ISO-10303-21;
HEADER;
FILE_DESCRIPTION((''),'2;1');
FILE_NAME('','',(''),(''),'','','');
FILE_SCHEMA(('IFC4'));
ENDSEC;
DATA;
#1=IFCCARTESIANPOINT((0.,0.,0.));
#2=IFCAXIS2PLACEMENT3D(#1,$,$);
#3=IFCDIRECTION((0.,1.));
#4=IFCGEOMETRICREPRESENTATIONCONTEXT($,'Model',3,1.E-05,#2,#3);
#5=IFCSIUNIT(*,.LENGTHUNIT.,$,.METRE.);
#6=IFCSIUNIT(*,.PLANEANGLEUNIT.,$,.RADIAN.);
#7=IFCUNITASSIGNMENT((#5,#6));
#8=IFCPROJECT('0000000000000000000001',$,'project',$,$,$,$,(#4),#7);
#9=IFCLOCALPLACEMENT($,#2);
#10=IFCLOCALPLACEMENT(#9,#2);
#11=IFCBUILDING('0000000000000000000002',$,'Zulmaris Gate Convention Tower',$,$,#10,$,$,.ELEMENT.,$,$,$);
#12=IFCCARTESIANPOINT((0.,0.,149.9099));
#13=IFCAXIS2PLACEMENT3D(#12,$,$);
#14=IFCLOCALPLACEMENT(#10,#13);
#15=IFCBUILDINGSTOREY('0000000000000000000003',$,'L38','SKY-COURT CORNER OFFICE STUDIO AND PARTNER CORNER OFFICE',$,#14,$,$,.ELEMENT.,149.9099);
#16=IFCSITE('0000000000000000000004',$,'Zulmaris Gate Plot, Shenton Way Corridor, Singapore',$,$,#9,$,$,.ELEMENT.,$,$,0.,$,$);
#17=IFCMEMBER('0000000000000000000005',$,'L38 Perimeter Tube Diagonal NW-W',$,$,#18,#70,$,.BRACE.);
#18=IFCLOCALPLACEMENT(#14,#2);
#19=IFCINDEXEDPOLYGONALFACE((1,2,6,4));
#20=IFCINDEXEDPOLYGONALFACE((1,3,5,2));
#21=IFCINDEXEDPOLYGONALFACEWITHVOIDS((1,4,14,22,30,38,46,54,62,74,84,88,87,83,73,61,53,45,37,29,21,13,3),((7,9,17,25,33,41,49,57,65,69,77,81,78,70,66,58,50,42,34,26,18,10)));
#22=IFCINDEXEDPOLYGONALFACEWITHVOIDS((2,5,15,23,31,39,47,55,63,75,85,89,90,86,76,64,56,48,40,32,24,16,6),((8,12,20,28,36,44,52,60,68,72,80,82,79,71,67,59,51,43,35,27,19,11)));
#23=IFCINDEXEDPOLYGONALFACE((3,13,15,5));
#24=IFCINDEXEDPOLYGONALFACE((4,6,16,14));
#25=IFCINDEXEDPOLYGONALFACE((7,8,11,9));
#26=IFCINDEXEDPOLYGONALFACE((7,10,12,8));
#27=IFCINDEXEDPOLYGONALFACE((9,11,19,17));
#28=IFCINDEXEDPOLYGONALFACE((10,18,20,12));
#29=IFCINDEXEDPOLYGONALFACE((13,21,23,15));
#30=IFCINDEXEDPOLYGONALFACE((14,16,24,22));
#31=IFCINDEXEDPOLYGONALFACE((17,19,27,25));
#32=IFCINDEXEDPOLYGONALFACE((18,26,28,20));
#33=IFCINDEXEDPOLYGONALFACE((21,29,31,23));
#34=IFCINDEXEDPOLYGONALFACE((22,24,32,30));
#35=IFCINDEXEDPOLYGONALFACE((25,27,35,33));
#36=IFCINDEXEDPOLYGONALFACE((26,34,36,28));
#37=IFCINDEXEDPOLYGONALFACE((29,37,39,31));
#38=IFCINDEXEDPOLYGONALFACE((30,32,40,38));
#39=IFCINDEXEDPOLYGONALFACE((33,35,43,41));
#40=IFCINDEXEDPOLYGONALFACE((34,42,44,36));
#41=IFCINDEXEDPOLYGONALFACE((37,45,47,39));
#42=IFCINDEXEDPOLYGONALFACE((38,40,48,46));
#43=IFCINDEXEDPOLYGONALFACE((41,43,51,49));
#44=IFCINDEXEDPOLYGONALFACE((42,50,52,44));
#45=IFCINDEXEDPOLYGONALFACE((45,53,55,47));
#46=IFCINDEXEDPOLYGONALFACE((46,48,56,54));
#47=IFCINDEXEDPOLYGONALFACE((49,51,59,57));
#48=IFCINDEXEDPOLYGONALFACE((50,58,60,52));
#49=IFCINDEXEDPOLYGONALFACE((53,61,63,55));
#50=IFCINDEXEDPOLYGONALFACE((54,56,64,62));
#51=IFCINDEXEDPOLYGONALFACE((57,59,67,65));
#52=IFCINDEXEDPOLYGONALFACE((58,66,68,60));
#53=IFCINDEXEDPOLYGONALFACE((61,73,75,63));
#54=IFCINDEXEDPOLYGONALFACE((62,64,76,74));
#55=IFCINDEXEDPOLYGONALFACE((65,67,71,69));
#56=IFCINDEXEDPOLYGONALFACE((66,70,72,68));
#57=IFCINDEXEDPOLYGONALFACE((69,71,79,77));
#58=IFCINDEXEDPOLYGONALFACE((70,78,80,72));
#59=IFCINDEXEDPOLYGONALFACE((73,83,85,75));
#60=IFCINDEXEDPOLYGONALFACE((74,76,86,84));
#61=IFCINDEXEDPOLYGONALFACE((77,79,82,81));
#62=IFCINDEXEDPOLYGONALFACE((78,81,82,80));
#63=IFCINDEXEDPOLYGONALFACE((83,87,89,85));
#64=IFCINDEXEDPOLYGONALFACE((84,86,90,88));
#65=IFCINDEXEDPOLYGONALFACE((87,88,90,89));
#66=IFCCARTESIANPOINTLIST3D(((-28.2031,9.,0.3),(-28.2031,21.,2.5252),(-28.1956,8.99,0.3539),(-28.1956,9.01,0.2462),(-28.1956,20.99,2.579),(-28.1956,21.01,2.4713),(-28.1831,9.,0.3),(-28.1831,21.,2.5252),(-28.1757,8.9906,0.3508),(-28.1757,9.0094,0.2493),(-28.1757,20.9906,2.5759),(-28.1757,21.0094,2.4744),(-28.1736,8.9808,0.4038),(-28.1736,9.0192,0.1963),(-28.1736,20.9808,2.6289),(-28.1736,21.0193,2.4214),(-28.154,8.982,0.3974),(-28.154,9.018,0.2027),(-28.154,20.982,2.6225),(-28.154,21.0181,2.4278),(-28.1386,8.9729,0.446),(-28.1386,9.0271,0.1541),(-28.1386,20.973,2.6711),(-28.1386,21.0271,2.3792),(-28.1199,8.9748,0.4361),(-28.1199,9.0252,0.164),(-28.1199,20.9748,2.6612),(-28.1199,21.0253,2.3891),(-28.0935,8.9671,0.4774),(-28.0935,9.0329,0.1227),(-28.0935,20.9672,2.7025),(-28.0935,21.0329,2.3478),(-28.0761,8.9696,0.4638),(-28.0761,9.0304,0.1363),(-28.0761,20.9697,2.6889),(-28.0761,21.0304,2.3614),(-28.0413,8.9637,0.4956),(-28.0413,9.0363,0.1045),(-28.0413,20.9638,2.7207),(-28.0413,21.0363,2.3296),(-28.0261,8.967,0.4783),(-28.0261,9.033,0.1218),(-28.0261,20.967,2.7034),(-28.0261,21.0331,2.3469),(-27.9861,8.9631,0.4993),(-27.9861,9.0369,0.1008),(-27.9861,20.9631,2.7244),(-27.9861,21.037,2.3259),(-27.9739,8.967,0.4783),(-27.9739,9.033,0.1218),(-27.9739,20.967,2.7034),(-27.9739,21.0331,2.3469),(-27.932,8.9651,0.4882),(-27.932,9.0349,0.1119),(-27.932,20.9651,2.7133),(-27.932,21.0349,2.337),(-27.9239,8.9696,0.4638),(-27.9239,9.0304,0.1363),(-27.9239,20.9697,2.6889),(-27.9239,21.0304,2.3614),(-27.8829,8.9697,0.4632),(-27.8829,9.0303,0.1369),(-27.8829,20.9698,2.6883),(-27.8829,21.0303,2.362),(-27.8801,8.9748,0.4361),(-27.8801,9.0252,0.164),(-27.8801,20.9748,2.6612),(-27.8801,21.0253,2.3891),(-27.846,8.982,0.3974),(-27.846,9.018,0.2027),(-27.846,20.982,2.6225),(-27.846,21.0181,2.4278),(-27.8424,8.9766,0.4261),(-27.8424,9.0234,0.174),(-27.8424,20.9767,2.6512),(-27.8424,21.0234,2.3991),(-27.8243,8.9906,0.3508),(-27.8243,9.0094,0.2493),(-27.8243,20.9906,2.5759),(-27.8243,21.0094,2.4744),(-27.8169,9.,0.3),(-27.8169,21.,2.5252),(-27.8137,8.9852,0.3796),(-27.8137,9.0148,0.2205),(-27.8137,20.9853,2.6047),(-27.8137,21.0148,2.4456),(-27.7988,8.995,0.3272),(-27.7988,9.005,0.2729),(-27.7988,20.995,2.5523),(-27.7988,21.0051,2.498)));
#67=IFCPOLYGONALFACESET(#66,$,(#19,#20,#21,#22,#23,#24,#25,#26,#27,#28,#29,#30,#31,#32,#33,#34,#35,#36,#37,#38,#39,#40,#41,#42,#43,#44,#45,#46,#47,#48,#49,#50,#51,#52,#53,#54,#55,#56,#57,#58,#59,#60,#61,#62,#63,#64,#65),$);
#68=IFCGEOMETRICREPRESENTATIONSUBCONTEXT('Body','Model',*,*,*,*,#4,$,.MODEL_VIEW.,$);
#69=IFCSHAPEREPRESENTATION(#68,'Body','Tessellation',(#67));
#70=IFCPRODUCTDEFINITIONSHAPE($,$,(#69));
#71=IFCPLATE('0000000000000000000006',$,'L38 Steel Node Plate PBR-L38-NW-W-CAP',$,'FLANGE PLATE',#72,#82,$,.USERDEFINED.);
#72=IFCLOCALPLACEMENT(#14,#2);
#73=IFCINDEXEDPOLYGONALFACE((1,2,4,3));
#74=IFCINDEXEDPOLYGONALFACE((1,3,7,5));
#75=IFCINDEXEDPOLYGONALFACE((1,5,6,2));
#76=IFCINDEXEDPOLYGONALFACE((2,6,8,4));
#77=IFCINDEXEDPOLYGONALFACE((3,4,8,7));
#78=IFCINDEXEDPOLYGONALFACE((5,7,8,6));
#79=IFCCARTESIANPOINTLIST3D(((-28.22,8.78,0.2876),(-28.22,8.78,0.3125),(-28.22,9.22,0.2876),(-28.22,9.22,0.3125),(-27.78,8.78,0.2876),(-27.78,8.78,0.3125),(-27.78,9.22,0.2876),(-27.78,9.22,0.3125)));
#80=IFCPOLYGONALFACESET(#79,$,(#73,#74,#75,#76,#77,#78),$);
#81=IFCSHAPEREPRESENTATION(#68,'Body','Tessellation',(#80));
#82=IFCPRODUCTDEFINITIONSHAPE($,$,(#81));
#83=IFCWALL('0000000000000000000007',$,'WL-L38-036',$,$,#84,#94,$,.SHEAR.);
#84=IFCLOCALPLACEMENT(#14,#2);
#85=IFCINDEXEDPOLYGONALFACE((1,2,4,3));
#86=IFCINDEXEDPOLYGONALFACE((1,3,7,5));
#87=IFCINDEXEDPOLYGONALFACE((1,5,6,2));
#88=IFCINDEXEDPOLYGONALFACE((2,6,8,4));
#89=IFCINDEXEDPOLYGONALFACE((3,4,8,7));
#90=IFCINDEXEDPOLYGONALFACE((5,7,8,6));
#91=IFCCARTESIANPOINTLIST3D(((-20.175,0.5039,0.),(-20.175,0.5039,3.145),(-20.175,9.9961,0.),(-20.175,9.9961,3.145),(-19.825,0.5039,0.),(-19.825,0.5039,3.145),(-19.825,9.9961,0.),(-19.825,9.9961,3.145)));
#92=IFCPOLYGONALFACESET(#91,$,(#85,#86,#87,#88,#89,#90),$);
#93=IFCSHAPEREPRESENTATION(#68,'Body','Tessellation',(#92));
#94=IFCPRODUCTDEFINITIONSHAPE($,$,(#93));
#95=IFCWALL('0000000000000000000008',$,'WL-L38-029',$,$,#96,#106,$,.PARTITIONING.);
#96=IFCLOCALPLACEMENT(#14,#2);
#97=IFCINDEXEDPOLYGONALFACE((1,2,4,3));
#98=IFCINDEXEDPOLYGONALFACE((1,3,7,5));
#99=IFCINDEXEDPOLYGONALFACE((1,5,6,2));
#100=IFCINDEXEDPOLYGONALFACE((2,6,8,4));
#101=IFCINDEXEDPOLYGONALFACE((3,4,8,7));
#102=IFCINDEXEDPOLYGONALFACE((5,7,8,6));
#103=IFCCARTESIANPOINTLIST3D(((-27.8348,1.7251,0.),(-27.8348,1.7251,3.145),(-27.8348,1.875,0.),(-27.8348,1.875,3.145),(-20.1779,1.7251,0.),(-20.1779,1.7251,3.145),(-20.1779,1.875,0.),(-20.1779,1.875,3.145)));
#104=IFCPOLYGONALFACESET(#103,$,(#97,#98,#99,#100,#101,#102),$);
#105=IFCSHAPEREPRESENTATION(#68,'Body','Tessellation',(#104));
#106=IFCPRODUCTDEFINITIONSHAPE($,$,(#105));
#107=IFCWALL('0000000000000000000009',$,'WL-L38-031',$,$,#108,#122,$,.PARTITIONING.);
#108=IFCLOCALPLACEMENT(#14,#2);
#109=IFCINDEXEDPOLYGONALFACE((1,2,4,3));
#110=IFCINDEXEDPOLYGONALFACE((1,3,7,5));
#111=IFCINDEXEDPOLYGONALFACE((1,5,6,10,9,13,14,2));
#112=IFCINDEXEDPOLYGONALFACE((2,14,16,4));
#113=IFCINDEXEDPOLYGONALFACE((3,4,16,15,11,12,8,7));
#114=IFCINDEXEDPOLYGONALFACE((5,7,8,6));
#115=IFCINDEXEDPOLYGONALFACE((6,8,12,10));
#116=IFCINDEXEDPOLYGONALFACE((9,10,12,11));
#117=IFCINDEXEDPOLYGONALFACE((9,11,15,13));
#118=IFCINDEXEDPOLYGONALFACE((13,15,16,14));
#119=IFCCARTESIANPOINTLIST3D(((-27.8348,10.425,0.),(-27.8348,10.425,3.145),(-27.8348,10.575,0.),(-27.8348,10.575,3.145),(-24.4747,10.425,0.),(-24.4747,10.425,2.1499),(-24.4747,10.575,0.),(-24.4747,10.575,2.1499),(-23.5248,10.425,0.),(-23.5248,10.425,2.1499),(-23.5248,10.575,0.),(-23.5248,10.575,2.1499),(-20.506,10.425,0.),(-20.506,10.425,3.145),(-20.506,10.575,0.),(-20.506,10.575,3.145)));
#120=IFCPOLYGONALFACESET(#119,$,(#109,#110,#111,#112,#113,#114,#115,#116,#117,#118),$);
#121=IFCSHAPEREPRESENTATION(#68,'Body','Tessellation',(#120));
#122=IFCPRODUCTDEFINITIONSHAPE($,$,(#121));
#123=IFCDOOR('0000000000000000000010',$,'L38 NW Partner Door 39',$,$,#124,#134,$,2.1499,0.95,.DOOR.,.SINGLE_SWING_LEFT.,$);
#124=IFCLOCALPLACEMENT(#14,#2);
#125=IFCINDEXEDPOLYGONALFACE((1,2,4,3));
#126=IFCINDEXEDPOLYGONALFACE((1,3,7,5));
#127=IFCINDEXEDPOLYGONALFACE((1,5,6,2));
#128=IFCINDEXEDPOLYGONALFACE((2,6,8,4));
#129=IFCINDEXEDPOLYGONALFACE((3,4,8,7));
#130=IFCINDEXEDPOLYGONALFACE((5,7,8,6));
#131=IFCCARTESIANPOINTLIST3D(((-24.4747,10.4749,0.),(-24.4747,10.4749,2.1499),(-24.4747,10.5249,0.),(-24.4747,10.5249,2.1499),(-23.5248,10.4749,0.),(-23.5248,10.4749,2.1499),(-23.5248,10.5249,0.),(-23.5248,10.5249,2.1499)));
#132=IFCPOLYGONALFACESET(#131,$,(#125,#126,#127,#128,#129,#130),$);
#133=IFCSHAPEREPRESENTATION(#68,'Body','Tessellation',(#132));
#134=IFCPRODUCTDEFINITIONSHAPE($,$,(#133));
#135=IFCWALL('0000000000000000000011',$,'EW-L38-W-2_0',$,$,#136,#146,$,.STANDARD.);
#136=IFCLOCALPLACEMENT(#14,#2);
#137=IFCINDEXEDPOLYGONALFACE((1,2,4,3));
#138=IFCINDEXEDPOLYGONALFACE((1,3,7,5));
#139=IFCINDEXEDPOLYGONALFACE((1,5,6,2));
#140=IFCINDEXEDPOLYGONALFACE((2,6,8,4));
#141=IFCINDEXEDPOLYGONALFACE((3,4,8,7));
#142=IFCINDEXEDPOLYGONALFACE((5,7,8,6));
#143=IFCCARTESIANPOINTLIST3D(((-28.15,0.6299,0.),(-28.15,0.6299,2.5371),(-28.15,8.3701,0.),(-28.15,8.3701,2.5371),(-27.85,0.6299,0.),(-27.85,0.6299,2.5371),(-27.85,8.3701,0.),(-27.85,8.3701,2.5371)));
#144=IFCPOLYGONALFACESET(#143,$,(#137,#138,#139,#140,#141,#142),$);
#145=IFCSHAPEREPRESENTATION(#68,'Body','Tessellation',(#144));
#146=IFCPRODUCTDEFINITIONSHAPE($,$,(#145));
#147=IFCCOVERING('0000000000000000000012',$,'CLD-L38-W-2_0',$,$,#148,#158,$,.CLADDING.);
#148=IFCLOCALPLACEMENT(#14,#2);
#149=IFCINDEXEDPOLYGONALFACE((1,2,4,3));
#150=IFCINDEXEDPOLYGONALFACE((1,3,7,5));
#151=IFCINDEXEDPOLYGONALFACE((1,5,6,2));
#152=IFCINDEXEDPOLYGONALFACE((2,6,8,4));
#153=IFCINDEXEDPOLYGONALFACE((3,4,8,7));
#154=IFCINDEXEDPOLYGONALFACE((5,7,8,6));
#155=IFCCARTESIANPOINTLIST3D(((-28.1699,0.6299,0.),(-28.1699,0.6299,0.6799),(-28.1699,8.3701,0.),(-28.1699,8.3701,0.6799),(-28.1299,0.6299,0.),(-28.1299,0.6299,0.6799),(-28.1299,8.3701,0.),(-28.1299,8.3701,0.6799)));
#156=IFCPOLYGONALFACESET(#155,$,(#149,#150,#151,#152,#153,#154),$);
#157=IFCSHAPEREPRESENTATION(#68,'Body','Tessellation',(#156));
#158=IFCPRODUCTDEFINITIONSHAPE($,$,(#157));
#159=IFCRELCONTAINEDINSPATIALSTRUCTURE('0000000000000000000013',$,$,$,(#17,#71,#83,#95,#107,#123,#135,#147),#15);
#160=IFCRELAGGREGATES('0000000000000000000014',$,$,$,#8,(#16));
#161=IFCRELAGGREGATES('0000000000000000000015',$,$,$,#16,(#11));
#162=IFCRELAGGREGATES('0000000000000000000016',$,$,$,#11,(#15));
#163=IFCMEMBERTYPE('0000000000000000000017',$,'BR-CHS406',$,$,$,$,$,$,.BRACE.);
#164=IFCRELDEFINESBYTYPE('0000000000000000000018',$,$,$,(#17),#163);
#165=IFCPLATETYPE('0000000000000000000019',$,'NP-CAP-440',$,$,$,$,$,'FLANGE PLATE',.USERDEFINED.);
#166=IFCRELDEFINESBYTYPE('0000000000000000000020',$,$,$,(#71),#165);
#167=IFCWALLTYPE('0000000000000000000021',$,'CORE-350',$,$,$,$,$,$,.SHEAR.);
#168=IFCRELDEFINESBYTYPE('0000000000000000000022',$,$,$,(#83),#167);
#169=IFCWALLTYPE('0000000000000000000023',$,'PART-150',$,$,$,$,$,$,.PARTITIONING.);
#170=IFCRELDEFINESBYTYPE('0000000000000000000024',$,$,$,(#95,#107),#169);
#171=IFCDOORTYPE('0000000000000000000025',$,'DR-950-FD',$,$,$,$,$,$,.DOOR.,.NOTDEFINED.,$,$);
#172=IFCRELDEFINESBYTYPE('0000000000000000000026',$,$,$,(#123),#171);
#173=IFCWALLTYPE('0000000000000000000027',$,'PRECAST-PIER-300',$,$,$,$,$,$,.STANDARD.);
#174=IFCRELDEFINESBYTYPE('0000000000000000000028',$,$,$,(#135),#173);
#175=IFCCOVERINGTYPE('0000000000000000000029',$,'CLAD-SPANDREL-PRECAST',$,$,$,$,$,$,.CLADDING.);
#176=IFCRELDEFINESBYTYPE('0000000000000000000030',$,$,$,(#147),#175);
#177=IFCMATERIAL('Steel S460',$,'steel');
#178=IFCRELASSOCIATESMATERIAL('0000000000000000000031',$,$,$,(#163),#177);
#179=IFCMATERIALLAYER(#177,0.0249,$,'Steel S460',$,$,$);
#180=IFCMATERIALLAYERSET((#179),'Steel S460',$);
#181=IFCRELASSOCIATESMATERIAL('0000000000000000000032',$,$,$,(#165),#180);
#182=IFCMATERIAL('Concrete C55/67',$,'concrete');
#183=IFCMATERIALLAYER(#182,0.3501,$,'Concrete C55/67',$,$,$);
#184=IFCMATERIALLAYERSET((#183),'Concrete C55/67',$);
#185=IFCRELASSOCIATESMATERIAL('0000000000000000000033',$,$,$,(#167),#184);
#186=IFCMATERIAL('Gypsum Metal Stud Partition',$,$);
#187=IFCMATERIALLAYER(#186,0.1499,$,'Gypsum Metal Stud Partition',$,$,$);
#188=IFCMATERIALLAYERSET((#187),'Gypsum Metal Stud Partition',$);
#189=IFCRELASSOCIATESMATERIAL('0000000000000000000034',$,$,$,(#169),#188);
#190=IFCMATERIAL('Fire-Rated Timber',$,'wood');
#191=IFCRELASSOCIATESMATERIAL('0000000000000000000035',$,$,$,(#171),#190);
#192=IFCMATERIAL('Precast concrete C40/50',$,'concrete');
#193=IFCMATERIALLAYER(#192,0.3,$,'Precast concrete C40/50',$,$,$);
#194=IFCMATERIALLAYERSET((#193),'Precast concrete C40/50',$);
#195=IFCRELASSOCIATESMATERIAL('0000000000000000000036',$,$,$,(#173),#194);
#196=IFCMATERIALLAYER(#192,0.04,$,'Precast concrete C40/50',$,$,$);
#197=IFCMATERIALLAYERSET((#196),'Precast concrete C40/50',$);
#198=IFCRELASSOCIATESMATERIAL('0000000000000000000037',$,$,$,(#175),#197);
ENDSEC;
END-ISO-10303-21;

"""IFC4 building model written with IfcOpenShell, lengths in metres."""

from ifc_helpers import new_model, si_unit, direction, frame, frame_2d, origin, origin_2d, place, context, subcontext, project, spatial, rectangle, hollow_circle, extrude, material, layer, layer_set, material_profile, profile_set, type_object, element, fill, save


model = new_model("IFC4")

# Units and contexts
model_context = context("Model", 3, precision=1e-05, world=origin(), true_north=direction((0.0, 1.0)))
body_context = subcontext(model_context, "Body", "Model", "MODEL_VIEW")
ifc_project = project(units=[si_unit("LENGTHUNIT", "METRE"), si_unit("PLANEANGLEUNIT", "RADIAN")], contexts=[model_context])

# Site, building, storey
site_placement = place(None, origin())
site = spatial("IfcSite", under=ifc_project, at=site_placement, Name="Zulmaris Gate Plot, Shenton Way Corridor, Singapore", CompositionType="ELEMENT", RefElevation=0.0)
building_placement = place(site_placement, origin())
building = spatial("IfcBuilding", under=site, at=building_placement, Name="Zulmaris Gate Convention Tower", CompositionType="ELEMENT")
storey_placement = place(building_placement, frame((0.0, 0.0, 149.9099)))
storey = spatial("IfcBuildingStorey", under=building, at=storey_placement, Name="L38", Description="SKY-COURT CORNER OFFICE STUDIO AND PARTNER CORNER OFFICE", CompositionType="ELEMENT", Elevation=149.9099)

# Member
ifc_material_1 = material(Name="Steel S460", Category="steel")
ifc_material_profile_1 = material_profile(ifc_material_1, hollow_circle(Radius=0.2031, WallThickness=0.02, at=origin_2d()), Name="CHS 406.4x20")
ifc_profile_set_1 = profile_set([ifc_material_profile_1], Name="Steel S460")
member_type = type_object("IfcMemberType", Name="BR-CHS406", PredefinedType="BRACE", material=ifc_profile_set_1)
member_placement = place(storey_placement, frame((-28.0, 9.0, 0.3), z_axis=(0.0, 0.98324, 0.182317), x_axis=(-1.0, 0.0, 0.0)))
element("IfcMember", 1, at=member_placement, inside=storey, type_object=member_type, Name="L38 Perimeter Tube Diagonal NW-W", PredefinedType="BRACE", context=body_context, shape_type="SweptSolid", body=[
    extrude(hollow_circle(Radius=0.2031, WallThickness=0.02, at=origin_2d()), origin(), (0.0, 0.0, 1.0), 12.2046),
])

# Plate
ifc_layer_1 = layer(ifc_material_1, 0.0249, Name="Steel S460")
ifc_layer_set_1 = layer_set([ifc_layer_1], Name="Steel S460")
plate_type = type_object("IfcPlateType", Name="NP-CAP-440", ElementType="FLANGE PLATE", PredefinedType="USERDEFINED", material=ifc_layer_set_1)
plate_placement = place(storey_placement, frame((-28.0, 9.0, 0.2876), z_axis=(0.0, 0.0, 1.0), x_axis=(1.0, 0.0, 0.0)))
element("IfcPlate", 2, at=plate_placement, inside=storey, type_object=plate_type, Name="L38 Steel Node Plate PBR-L38-NW-W-CAP", ObjectType="FLANGE PLATE", PredefinedType="USERDEFINED", context=body_context, shape_type="SweptSolid", body=[
    extrude(rectangle(XDim=0.4399, YDim=0.4399, at=origin_2d()), origin(), (0.0, 0.0, 1.0), 0.0249),
])

# Walls
ifc_material_2 = material(Name="Concrete C55/67", Category="concrete")
ifc_layer_2 = layer(ifc_material_2, 0.3501, Name="Concrete C55/67")
ifc_layer_set_2 = layer_set([ifc_layer_2], Name="Concrete C55/67")
wall_type_1 = type_object("IfcWallType", Name="CORE-350", PredefinedType="SHEAR", material=ifc_layer_set_2)
wall_1_placement = place(storey_placement, frame((-20.0, 0.5039, 0.0), z_axis=(0.0, 0.0, 1.0), x_axis=(0.0, 1.0, 0.0)))
element("IfcWall", 3, at=wall_1_placement, inside=storey, type_object=wall_type_1, Name="WL-L38-036", PredefinedType="SHEAR", context=body_context, shape_type="SweptSolid", body=[
    extrude(rectangle(XDim=9.4922, YDim=0.3501, at=frame_2d((4.7461, 0.0))), origin(), (0.0, 0.0, 1.0), 3.145),
])
ifc_material_3 = material(Name="Gypsum Metal Stud Partition")
ifc_layer_3 = layer(ifc_material_3, 0.1499, Name="Gypsum Metal Stud Partition")
ifc_layer_set_3 = layer_set([ifc_layer_3], Name="Gypsum Metal Stud Partition")
wall_type_2 = type_object("IfcWallType", Name="PART-150", PredefinedType="PARTITIONING", material=ifc_layer_set_3)
wall_2_placement = place(storey_placement, frame((-27.835, 1.8, 0.0), z_axis=(0.0, 0.0, 1.0), x_axis=(1.0, 0.0, 0.0)))
element("IfcWall", 4, at=wall_2_placement, inside=storey, type_object=wall_type_2, Name="WL-L38-029", PredefinedType="PARTITIONING", context=body_context, shape_type="SweptSolid", body=[
    extrude(rectangle(XDim=7.657, YDim=0.1499, at=frame_2d((3.8286, 0.0))), origin(), (0.0, 0.0, 1.0), 3.145),
])

# Wall, opening, door
wall_3_placement = place(storey_placement, frame((-27.835, 10.5, 0.0), z_axis=(0.0, 0.0, 1.0), x_axis=(1.0, 0.0, 0.0)))
wall_3 = element("IfcWall", 5, at=wall_3_placement, inside=storey, type_object=wall_type_2, Name="WL-L38-031", PredefinedType="PARTITIONING", context=body_context, shape_type="SweptSolid", body=[
    extrude(rectangle(XDim=7.3289, YDim=0.1499, at=frame_2d((3.6646, 0.0))), origin(), (0.0, 0.0, 1.0), 3.145),
])
opening_placement = place(wall_3_placement, frame((3.3601, 0.0, 0.0)))
opening = element("IfcOpeningElement", 6, at=opening_placement, cuts=wall_3, PredefinedType="OPENING", context=body_context, shape_type="SweptSolid", body=[
    extrude(rectangle(XDim=0.95, YDim=2.1499, at=frame_2d((0.4751, 1.075))), frame((0.0, 0.085, 0.0), z_axis=(0.0, -1.0, 0.0), x_axis=(1.0, 0.0, 0.0)), (0.0, 0.0, 1.0), 0.1699),
])
ifc_material_4 = material(Name="Fire-Rated Timber", Category="wood")
door_type = type_object("IfcDoorType", Name="DR-950-FD", OperationType="NOTDEFINED", PredefinedType="DOOR", material=ifc_material_4)
door_placement = place(opening_placement, origin())
door = element("IfcDoor", 7, at=door_placement, inside=storey, type_object=door_type, Name="L38 NW Partner Door 39", OperationType="SINGLE_SWING_LEFT", OverallHeight=2.1499, OverallWidth=0.95, PredefinedType="DOOR", context=body_context, shape_type="SweptSolid", body=[
    extrude(rectangle(XDim=0.95, YDim=2.1499, at=frame_2d((0.4751, 1.075))), frame((0.0, 0.0249, 0.0), z_axis=(0.0, -1.0, 0.0), x_axis=(1.0, 0.0, 0.0)), (0.0, 0.0, 1.0), 0.05),
])
fill(opening, door)

# Wall
ifc_material_5 = material(Name="Precast concrete C40/50", Category="concrete")
ifc_layer_4 = layer(ifc_material_5, 0.3, Name="Precast concrete C40/50")
ifc_layer_set_4 = layer_set([ifc_layer_4], Name="Precast concrete C40/50")
wall_type_3 = type_object("IfcWallType", Name="PRECAST-PIER-300", PredefinedType="STANDARD", material=ifc_layer_set_4)
wall_4_placement = place(storey_placement, frame((-28.0, 8.3701, 0.0), z_axis=(0.0, 0.0, 1.0), x_axis=(0.0, -1.0, 0.0)))
element("IfcWall", 8, at=wall_4_placement, inside=storey, type_object=wall_type_3, Name="EW-L38-W-2_0", PredefinedType="STANDARD", context=body_context, shape_type="SweptSolid", body=[
    extrude(rectangle(XDim=7.7402, YDim=0.3, at=frame_2d((3.8701, 0.0))), origin(), (0.0, 0.0, 1.0), 2.5371),
])

# Covering
ifc_layer_5 = layer(ifc_material_5, 0.04, Name="Precast concrete C40/50")
ifc_layer_set_5 = layer_set([ifc_layer_5], Name="Precast concrete C40/50")
covering_type = type_object("IfcCoveringType", Name="CLAD-SPANDREL-PRECAST", PredefinedType="CLADDING", material=ifc_layer_set_5)
covering_placement = place(storey_placement, frame((-28.1499, 8.3701, 0.0), z_axis=(0.0, 0.0, 1.0), x_axis=(0.0, -1.0, 0.0)))
element("IfcCovering", 9, at=covering_placement, inside=storey, type_object=covering_type, Name="CLD-L38-W-2_0", PredefinedType="CLADDING", context=body_context, shape_type="SweptSolid", body=[
    extrude(rectangle(XDim=7.7402, YDim=0.04, at=frame_2d((3.8701, 0.0))), origin(), (0.0, 0.0, 1.0), 0.6799),
])

save(model, "model.ifc")
